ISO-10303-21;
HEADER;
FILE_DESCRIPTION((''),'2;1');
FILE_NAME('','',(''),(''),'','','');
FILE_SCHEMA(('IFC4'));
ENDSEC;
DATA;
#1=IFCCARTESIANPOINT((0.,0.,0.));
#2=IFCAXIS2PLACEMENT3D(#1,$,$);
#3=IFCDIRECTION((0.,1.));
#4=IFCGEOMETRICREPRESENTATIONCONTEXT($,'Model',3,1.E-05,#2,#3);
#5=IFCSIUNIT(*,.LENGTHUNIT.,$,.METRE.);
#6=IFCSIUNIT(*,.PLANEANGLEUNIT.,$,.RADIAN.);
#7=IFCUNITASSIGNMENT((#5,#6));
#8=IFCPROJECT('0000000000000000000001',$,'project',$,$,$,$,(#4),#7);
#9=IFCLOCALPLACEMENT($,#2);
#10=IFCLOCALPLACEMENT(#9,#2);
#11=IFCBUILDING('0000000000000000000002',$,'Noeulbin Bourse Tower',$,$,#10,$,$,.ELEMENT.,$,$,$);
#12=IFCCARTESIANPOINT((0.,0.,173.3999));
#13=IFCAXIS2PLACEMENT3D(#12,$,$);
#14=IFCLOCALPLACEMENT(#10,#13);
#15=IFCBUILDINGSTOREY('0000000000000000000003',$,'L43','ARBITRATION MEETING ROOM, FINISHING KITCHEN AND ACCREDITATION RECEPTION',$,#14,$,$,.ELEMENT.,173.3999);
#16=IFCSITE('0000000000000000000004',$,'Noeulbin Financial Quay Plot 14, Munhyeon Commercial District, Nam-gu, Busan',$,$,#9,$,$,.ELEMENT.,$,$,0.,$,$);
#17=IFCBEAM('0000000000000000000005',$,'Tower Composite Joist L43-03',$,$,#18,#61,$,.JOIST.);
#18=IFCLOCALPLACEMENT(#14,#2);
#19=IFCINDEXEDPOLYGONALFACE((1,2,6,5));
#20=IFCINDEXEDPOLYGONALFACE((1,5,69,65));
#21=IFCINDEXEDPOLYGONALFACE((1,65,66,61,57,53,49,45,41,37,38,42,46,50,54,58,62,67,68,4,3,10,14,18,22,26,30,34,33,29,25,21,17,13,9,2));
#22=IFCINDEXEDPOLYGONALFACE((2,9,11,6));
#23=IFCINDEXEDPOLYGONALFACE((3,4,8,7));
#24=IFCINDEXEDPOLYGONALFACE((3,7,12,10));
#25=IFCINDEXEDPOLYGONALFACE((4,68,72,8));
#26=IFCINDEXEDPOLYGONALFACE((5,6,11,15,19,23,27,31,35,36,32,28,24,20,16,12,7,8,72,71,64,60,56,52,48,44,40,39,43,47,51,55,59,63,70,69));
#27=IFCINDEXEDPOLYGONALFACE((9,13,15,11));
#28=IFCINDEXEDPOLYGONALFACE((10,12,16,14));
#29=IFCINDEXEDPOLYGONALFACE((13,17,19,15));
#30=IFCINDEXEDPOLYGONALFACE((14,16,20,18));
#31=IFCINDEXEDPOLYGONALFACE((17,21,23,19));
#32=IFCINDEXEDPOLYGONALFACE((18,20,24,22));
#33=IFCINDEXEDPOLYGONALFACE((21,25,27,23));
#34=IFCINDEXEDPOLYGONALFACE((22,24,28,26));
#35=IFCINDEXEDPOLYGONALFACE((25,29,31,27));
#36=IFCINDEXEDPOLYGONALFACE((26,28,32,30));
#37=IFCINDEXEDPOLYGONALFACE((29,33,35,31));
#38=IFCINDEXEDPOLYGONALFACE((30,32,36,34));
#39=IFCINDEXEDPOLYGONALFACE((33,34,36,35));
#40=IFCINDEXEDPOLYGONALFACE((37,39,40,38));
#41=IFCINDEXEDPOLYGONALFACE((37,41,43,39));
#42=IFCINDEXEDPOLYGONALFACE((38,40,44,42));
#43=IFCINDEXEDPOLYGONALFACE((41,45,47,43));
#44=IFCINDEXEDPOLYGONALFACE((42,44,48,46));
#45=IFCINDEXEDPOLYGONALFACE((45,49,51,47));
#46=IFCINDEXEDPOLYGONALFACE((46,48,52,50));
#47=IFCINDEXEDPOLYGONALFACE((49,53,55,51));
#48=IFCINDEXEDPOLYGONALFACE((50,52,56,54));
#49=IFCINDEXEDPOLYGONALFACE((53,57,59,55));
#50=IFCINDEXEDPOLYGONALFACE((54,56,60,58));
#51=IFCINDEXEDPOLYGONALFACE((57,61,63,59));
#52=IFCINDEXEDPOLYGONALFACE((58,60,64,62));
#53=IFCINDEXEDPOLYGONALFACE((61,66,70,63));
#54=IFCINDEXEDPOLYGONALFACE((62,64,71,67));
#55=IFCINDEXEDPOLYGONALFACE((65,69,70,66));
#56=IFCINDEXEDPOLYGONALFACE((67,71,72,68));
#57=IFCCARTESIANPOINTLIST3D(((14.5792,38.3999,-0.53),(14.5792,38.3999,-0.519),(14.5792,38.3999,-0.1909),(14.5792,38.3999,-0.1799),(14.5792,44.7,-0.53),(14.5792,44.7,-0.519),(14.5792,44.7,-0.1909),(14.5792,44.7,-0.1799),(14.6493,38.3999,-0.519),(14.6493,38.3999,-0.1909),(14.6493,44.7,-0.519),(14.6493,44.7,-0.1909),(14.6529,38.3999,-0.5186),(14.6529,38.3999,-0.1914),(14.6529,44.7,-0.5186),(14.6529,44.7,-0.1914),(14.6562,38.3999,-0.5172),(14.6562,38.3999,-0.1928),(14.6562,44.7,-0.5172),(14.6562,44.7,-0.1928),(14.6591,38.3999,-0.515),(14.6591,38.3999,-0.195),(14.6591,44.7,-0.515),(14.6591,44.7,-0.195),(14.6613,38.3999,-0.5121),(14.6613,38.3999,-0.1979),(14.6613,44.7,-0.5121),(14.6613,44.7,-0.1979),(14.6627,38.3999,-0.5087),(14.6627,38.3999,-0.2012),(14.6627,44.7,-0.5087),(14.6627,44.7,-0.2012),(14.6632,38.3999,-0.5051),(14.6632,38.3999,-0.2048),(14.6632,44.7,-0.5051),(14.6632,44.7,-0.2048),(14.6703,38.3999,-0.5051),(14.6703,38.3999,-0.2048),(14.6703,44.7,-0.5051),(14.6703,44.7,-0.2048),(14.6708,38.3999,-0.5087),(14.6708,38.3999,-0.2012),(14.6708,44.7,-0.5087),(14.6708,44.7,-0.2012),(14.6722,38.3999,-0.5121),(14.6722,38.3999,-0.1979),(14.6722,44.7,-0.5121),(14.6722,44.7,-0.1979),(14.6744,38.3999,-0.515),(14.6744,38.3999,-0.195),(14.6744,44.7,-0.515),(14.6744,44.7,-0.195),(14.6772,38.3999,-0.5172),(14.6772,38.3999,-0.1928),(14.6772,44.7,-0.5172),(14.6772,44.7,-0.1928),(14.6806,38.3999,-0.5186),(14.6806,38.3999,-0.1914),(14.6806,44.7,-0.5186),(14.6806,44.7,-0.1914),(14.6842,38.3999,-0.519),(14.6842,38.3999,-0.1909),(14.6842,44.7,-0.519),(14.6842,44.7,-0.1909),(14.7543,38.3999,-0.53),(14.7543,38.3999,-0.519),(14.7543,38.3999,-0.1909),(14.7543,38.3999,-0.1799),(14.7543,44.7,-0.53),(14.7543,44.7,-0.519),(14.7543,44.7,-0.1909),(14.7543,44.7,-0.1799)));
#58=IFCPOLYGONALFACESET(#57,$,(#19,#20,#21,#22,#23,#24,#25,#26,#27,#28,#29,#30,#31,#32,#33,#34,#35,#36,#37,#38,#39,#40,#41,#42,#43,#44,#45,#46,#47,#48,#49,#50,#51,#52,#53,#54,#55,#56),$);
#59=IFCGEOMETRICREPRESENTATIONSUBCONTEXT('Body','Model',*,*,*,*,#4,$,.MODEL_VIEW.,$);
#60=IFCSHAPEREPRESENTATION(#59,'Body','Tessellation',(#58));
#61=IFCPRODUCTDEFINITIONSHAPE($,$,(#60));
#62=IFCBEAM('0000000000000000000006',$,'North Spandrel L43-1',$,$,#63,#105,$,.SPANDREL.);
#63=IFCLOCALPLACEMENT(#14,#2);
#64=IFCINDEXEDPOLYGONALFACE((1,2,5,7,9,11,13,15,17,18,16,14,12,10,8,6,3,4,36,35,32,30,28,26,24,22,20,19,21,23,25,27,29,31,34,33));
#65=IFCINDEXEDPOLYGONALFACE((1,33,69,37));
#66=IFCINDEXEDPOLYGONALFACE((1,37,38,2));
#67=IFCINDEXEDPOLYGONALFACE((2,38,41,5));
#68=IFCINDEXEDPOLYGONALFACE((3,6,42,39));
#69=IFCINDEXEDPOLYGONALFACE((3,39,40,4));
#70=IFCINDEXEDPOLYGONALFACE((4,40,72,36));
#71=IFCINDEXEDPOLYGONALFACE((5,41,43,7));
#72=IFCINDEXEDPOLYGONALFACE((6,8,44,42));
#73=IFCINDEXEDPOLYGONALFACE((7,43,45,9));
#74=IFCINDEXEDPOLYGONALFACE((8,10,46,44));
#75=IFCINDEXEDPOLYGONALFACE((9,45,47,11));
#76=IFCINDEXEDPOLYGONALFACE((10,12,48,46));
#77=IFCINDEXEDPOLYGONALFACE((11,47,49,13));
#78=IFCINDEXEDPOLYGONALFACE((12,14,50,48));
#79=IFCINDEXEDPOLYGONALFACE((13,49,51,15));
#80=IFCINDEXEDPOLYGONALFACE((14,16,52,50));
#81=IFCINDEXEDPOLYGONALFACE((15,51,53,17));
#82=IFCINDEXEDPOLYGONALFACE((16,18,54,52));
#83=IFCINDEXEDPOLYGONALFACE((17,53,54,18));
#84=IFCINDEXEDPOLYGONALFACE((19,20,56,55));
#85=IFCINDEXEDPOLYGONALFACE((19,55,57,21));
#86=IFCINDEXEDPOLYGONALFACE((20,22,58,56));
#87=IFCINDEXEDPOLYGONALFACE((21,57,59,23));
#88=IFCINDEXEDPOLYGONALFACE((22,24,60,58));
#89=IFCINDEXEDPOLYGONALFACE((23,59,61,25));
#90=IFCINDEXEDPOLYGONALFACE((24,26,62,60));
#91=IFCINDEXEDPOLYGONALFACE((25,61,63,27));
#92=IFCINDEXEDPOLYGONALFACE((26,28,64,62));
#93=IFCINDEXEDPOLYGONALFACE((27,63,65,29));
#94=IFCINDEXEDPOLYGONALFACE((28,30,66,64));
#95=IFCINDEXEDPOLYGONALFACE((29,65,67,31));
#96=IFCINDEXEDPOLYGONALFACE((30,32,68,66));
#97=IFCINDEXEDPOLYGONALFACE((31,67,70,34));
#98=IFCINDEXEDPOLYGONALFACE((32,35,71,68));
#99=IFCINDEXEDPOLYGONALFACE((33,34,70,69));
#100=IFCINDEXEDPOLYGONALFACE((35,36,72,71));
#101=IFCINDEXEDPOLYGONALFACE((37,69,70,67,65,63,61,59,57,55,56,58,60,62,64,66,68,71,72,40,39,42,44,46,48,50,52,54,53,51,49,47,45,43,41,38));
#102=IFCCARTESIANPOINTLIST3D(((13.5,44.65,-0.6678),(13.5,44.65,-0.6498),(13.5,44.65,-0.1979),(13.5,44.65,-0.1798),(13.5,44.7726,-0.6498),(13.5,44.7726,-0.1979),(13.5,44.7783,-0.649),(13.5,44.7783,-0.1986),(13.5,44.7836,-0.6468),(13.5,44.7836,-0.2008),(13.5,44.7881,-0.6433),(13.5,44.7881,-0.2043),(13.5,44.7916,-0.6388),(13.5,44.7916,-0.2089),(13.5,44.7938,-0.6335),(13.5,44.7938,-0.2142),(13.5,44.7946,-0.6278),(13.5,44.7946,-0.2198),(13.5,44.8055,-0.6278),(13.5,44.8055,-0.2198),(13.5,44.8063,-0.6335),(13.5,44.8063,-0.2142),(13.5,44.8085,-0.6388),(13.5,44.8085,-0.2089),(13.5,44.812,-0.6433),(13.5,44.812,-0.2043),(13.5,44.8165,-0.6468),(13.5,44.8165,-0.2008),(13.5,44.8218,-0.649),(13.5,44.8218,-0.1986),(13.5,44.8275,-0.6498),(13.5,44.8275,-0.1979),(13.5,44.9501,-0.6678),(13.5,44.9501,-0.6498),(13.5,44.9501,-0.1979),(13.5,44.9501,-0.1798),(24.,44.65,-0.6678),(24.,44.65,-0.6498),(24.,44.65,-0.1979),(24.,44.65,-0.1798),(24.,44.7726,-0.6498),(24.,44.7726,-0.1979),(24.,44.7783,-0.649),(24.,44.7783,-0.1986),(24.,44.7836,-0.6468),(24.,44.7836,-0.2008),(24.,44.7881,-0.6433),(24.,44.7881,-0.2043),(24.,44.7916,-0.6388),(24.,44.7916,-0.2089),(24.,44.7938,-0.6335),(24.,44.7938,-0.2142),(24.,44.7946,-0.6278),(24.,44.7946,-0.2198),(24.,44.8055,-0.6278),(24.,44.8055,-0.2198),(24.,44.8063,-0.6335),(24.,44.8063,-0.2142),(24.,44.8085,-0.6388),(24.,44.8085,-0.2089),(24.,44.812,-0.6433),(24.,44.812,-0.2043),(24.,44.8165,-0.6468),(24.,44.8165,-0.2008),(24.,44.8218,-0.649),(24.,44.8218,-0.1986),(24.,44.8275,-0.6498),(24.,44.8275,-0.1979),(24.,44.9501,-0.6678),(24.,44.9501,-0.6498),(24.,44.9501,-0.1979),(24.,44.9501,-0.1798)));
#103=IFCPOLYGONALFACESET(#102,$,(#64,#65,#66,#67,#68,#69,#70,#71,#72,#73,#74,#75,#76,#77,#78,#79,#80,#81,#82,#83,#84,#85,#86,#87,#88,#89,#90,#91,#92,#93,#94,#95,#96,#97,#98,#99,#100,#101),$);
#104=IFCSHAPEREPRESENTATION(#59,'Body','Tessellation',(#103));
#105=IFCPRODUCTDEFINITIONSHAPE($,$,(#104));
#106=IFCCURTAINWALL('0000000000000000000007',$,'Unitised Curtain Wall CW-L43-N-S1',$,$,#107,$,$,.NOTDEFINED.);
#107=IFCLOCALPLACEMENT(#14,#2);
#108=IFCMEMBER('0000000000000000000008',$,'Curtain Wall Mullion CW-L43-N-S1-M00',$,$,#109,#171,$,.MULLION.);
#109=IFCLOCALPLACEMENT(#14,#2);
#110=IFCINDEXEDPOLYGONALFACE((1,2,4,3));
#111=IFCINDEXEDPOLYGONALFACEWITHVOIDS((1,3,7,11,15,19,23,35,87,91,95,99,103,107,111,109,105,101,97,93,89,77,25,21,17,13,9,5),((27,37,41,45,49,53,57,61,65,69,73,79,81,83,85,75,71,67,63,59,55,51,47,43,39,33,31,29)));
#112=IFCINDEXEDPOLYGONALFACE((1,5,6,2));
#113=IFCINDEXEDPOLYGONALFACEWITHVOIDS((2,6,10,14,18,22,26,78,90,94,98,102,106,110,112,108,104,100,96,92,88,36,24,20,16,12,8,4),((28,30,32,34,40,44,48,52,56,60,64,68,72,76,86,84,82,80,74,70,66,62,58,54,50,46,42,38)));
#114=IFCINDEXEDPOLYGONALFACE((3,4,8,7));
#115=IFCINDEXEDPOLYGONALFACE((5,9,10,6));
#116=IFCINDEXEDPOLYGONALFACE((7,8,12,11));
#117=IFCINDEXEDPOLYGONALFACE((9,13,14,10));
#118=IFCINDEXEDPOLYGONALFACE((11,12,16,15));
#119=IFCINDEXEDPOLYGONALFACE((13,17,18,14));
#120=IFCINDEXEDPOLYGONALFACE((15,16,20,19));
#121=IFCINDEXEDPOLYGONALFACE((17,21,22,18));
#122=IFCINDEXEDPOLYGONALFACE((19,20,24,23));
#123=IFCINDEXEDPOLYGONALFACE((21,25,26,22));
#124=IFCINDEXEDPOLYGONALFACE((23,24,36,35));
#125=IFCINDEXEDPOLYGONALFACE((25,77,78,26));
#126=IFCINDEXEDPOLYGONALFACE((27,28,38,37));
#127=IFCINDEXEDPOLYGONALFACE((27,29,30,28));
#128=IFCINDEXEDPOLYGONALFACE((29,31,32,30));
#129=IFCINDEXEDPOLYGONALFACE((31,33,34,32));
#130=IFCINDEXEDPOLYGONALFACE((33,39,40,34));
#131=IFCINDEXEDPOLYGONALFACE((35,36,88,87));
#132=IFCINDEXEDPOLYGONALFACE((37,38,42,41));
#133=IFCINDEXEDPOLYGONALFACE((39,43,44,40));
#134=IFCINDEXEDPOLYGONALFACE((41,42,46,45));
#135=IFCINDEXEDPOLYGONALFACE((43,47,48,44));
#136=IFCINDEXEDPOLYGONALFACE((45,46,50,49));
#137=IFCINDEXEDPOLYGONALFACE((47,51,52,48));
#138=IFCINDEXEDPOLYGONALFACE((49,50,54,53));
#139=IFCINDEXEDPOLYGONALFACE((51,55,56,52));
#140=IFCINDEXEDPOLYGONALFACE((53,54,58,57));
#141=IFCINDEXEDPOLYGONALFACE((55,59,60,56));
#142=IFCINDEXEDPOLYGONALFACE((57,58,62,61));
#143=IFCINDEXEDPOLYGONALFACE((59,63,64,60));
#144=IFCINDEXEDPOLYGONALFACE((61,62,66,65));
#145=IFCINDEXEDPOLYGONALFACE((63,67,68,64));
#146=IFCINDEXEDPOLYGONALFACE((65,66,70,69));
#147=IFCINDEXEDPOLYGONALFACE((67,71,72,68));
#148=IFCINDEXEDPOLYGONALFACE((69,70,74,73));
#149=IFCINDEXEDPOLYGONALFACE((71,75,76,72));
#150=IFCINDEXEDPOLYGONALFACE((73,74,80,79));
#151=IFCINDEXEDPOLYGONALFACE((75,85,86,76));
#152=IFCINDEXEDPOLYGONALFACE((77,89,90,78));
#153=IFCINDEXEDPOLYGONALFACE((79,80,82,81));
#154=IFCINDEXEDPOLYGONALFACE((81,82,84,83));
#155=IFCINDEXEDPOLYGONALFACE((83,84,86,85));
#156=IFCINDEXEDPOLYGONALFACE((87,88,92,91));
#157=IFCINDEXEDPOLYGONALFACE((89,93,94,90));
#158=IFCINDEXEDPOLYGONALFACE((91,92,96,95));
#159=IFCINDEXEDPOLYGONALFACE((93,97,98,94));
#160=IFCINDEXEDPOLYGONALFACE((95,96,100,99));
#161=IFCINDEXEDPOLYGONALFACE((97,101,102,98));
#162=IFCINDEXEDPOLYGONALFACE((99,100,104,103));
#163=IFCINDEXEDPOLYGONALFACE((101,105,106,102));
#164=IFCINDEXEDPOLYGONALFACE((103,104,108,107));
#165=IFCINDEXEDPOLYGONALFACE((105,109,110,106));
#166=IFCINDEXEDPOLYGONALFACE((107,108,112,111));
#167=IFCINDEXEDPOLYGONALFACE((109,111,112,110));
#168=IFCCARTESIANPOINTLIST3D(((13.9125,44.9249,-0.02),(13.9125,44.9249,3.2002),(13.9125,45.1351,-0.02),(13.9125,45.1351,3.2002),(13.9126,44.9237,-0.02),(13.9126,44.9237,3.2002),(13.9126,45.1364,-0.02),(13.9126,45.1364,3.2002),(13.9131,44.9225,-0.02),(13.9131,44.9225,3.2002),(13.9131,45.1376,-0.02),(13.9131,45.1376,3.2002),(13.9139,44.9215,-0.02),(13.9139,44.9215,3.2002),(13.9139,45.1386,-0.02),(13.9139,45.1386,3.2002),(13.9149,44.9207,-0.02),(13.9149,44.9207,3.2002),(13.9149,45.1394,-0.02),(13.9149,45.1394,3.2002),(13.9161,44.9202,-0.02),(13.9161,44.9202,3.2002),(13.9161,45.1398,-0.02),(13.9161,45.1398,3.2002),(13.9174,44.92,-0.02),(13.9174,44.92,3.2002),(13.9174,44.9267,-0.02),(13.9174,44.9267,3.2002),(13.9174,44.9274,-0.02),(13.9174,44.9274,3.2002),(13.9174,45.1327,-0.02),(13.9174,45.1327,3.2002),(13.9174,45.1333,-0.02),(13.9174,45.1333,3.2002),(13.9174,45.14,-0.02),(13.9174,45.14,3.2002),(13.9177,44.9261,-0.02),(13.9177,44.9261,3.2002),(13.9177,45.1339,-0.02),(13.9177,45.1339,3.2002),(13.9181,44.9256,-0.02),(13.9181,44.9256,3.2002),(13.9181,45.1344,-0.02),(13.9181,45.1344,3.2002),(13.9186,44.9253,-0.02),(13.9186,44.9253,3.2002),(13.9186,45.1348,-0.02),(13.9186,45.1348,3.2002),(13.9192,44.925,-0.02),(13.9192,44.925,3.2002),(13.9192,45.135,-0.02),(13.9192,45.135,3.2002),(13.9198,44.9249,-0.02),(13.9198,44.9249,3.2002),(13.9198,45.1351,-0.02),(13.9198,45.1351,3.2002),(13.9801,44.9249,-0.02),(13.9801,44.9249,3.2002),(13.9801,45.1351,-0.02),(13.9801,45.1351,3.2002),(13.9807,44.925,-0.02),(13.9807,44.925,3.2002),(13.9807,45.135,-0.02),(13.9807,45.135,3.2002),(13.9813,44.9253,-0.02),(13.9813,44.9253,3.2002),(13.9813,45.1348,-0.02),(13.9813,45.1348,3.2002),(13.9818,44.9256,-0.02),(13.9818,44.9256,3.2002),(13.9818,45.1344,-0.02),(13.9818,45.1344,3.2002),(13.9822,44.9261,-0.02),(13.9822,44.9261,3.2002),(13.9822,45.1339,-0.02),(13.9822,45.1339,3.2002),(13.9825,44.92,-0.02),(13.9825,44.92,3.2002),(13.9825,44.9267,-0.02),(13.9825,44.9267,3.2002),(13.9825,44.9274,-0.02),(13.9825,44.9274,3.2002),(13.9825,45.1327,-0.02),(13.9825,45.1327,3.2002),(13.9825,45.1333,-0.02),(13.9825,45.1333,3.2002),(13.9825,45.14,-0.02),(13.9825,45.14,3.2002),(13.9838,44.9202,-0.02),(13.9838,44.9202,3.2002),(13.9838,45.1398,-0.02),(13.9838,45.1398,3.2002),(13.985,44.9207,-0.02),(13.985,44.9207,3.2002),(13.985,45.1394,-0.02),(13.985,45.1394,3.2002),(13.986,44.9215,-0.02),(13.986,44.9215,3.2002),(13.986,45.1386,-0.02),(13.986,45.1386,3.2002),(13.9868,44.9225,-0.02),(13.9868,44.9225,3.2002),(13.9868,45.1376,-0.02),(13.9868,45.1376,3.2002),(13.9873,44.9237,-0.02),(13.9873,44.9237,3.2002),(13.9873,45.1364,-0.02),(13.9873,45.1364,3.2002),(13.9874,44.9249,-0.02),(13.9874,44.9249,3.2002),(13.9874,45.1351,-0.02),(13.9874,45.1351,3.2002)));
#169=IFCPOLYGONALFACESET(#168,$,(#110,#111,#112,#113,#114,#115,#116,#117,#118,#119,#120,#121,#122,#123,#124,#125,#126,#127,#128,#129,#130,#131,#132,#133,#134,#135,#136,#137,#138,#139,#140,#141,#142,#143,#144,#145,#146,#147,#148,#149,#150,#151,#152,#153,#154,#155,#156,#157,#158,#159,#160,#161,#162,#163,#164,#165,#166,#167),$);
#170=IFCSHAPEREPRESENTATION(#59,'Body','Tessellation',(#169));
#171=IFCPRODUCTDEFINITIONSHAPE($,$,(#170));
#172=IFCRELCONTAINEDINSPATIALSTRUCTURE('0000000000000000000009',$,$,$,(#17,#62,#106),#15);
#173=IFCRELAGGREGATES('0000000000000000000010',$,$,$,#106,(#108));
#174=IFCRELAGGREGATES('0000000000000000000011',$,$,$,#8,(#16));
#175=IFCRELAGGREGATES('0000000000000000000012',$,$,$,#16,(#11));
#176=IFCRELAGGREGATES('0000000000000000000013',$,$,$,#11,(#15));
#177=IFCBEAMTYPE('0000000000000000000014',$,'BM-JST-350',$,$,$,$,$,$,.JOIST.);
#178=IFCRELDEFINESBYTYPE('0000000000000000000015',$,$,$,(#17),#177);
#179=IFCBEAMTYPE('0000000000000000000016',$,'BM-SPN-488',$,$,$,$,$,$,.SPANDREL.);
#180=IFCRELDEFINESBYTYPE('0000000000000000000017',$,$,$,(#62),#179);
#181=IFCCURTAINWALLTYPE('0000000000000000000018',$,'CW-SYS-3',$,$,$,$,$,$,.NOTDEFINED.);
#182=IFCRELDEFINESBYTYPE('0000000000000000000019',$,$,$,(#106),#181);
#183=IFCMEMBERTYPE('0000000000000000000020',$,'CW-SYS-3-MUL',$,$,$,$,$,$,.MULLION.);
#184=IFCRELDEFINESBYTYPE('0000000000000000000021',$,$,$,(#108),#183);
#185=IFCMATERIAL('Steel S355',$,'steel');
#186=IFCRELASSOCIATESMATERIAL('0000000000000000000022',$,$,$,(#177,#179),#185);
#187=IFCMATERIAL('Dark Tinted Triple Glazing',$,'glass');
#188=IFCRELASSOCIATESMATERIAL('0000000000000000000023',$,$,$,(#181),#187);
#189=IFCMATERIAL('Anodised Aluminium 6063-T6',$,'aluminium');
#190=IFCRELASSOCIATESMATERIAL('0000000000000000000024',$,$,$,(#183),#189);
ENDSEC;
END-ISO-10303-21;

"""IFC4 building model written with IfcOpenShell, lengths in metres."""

from ifc_helpers import new_model, si_unit, direction, frame, origin, origin_2d, place, context, subcontext, project, spatial, hollow_rectangle, i_section, extrude, material, material_profile, profile_set, type_object, element, aggregate, save


model = new_model("IFC4")

# Units and contexts
model_context = context("Model", 3, precision=1e-05, world=origin(), true_north=direction((0.0, 1.0)))
body_context = subcontext(model_context, "Body", "Model", "MODEL_VIEW")
ifc_project = project(units=[si_unit("LENGTHUNIT", "METRE"), si_unit("PLANEANGLEUNIT", "RADIAN")], contexts=[model_context])

# Site, building, storey
site_placement = place(None, origin())
site = spatial("IfcSite", under=ifc_project, at=site_placement, Name="Noeulbin Financial Quay Plot 14, Munhyeon Commercial District, Nam-gu, Busan", CompositionType="ELEMENT", RefElevation=0.0)
building_placement = place(site_placement, origin())
building = spatial("IfcBuilding", under=site, at=building_placement, Name="Noeulbin Bourse Tower", CompositionType="ELEMENT")
storey_placement = place(building_placement, frame((0.0, 0.0, 173.3999)))
storey = spatial("IfcBuildingStorey", under=building, at=storey_placement, Name="L43", Description="ARBITRATION MEETING ROOM, FINISHING KITCHEN AND ACCREDITATION RECEPTION", CompositionType="ELEMENT", Elevation=173.3999)

# Shared definitions
ifc_material_1 = material(Name="Steel S355", Category="steel")

# Beams
ifc_material_profile_1 = material_profile(ifc_material_1, i_section(OverallWidth=0.175, OverallDepth=0.3501, WebThickness=0.0071, FlangeThickness=0.011, FilletRadius=0.0139, at=origin_2d()), Name="H-350x175x7x11", Category="LoadBearing")
ifc_profile_set_1 = profile_set([ifc_material_profile_1], Name="Steel S355")
beam_type_1 = type_object("IfcBeamType", Name="BM-JST-350", PredefinedType="JOIST", material=ifc_profile_set_1)
beam_1_placement = place(storey_placement, frame((14.6667, 38.3999, -0.355), z_axis=(0.0, 1.0, 0.0), x_axis=(-1.0, 0.0, 0.0)))
element("IfcBeam", 1, at=beam_1_placement, inside=storey, type_object=beam_type_1, Name="Tower Composite Joist L43-03", PredefinedType="JOIST", context=body_context, shape_type="SweptSolid", body=[
    extrude(i_section(OverallWidth=0.175, OverallDepth=0.3501, WebThickness=0.0071, FlangeThickness=0.011, FilletRadius=0.0139, at=origin_2d()), origin(), (0.0, 0.0, 1.0), 6.3),
])
ifc_material_profile_2 = material_profile(ifc_material_1, i_section(OverallWidth=0.3, OverallDepth=0.488, WebThickness=0.011, FlangeThickness=0.0181, FilletRadius=0.022, at=origin_2d()), Name="H-488x300x11x18", Category="LoadBearing")
ifc_profile_set_2 = profile_set([ifc_material_profile_2], Name="Steel S355")
beam_type_2 = type_object("IfcBeamType", Name="BM-SPN-488", PredefinedType="SPANDREL", material=ifc_profile_set_2)
beam_2_placement = place(storey_placement, frame((13.5, 44.8, -0.4238), z_axis=(1.0, 0.0, 0.0), x_axis=(0.0, 1.0, 0.0)))
element("IfcBeam", 2, at=beam_2_placement, inside=storey, type_object=beam_type_2, Name="North Spandrel L43-1", PredefinedType="SPANDREL", context=body_context, shape_type="SweptSolid", body=[
    extrude(i_section(OverallWidth=0.3, OverallDepth=0.488, WebThickness=0.011, FlangeThickness=0.0181, FilletRadius=0.022, at=origin_2d()), origin(), (0.0, 0.0, 1.0), 10.5),
])

# Curtain wall, member
ifc_material_2 = material(Name="Dark Tinted Triple Glazing", Category="glass")
curtain_wall_type = type_object("IfcCurtainWallType", Name="CW-SYS-3", PredefinedType="NOTDEFINED", material=ifc_material_2)
curtain_wall_1_placement = place(storey_placement, origin())
curtain_wall_1 = element("IfcCurtainWall", 3, at=curtain_wall_1_placement, inside=storey, type_object=curtain_wall_type, Name="Unitised Curtain Wall CW-L43-N-S1", PredefinedType="NOTDEFINED")
ifc_material_3 = material(Name="Anodised Aluminium 6063-T6", Category="aluminium")
ifc_material_profile_3 = material_profile(ifc_material_3, hollow_rectangle(XDim=0.075, YDim=0.22, WallThickness=0.0049, InnerFilletRadius=0.0024, OuterFilletRadius=0.0049, at=origin_2d()), Name="ALU-MULL-75x220x5", Category="LoadBearing")
ifc_profile_set_3 = profile_set([ifc_material_profile_3], Name="Anodised Aluminium 6063-T6")
member_type_1 = type_object("IfcMemberType", Name="CW-SYS-3-MUL", PredefinedType="MULLION", material=ifc_profile_set_3)
member_1_placement = place(storey_placement, frame((13.95, 45.03, -0.02), z_axis=(0.0, 0.0, 1.0), x_axis=(1.0, 0.0, 0.0)))
member_1 = element("IfcMember", 4, at=member_1_placement, type_object=member_type_1, Name="Curtain Wall Mullion CW-L43-N-S1-M00", PredefinedType="MULLION", context=body_context, shape_type="SweptSolid", body=[
    extrude(hollow_rectangle(XDim=0.075, YDim=0.22, WallThickness=0.0049, InnerFilletRadius=0.0024, OuterFilletRadius=0.0049, at=origin_2d()), origin(), (0.0, 0.0, 1.0), 3.2202),
])

aggregate(curtain_wall_1, [member_1])

save(model, "model.ifc")
